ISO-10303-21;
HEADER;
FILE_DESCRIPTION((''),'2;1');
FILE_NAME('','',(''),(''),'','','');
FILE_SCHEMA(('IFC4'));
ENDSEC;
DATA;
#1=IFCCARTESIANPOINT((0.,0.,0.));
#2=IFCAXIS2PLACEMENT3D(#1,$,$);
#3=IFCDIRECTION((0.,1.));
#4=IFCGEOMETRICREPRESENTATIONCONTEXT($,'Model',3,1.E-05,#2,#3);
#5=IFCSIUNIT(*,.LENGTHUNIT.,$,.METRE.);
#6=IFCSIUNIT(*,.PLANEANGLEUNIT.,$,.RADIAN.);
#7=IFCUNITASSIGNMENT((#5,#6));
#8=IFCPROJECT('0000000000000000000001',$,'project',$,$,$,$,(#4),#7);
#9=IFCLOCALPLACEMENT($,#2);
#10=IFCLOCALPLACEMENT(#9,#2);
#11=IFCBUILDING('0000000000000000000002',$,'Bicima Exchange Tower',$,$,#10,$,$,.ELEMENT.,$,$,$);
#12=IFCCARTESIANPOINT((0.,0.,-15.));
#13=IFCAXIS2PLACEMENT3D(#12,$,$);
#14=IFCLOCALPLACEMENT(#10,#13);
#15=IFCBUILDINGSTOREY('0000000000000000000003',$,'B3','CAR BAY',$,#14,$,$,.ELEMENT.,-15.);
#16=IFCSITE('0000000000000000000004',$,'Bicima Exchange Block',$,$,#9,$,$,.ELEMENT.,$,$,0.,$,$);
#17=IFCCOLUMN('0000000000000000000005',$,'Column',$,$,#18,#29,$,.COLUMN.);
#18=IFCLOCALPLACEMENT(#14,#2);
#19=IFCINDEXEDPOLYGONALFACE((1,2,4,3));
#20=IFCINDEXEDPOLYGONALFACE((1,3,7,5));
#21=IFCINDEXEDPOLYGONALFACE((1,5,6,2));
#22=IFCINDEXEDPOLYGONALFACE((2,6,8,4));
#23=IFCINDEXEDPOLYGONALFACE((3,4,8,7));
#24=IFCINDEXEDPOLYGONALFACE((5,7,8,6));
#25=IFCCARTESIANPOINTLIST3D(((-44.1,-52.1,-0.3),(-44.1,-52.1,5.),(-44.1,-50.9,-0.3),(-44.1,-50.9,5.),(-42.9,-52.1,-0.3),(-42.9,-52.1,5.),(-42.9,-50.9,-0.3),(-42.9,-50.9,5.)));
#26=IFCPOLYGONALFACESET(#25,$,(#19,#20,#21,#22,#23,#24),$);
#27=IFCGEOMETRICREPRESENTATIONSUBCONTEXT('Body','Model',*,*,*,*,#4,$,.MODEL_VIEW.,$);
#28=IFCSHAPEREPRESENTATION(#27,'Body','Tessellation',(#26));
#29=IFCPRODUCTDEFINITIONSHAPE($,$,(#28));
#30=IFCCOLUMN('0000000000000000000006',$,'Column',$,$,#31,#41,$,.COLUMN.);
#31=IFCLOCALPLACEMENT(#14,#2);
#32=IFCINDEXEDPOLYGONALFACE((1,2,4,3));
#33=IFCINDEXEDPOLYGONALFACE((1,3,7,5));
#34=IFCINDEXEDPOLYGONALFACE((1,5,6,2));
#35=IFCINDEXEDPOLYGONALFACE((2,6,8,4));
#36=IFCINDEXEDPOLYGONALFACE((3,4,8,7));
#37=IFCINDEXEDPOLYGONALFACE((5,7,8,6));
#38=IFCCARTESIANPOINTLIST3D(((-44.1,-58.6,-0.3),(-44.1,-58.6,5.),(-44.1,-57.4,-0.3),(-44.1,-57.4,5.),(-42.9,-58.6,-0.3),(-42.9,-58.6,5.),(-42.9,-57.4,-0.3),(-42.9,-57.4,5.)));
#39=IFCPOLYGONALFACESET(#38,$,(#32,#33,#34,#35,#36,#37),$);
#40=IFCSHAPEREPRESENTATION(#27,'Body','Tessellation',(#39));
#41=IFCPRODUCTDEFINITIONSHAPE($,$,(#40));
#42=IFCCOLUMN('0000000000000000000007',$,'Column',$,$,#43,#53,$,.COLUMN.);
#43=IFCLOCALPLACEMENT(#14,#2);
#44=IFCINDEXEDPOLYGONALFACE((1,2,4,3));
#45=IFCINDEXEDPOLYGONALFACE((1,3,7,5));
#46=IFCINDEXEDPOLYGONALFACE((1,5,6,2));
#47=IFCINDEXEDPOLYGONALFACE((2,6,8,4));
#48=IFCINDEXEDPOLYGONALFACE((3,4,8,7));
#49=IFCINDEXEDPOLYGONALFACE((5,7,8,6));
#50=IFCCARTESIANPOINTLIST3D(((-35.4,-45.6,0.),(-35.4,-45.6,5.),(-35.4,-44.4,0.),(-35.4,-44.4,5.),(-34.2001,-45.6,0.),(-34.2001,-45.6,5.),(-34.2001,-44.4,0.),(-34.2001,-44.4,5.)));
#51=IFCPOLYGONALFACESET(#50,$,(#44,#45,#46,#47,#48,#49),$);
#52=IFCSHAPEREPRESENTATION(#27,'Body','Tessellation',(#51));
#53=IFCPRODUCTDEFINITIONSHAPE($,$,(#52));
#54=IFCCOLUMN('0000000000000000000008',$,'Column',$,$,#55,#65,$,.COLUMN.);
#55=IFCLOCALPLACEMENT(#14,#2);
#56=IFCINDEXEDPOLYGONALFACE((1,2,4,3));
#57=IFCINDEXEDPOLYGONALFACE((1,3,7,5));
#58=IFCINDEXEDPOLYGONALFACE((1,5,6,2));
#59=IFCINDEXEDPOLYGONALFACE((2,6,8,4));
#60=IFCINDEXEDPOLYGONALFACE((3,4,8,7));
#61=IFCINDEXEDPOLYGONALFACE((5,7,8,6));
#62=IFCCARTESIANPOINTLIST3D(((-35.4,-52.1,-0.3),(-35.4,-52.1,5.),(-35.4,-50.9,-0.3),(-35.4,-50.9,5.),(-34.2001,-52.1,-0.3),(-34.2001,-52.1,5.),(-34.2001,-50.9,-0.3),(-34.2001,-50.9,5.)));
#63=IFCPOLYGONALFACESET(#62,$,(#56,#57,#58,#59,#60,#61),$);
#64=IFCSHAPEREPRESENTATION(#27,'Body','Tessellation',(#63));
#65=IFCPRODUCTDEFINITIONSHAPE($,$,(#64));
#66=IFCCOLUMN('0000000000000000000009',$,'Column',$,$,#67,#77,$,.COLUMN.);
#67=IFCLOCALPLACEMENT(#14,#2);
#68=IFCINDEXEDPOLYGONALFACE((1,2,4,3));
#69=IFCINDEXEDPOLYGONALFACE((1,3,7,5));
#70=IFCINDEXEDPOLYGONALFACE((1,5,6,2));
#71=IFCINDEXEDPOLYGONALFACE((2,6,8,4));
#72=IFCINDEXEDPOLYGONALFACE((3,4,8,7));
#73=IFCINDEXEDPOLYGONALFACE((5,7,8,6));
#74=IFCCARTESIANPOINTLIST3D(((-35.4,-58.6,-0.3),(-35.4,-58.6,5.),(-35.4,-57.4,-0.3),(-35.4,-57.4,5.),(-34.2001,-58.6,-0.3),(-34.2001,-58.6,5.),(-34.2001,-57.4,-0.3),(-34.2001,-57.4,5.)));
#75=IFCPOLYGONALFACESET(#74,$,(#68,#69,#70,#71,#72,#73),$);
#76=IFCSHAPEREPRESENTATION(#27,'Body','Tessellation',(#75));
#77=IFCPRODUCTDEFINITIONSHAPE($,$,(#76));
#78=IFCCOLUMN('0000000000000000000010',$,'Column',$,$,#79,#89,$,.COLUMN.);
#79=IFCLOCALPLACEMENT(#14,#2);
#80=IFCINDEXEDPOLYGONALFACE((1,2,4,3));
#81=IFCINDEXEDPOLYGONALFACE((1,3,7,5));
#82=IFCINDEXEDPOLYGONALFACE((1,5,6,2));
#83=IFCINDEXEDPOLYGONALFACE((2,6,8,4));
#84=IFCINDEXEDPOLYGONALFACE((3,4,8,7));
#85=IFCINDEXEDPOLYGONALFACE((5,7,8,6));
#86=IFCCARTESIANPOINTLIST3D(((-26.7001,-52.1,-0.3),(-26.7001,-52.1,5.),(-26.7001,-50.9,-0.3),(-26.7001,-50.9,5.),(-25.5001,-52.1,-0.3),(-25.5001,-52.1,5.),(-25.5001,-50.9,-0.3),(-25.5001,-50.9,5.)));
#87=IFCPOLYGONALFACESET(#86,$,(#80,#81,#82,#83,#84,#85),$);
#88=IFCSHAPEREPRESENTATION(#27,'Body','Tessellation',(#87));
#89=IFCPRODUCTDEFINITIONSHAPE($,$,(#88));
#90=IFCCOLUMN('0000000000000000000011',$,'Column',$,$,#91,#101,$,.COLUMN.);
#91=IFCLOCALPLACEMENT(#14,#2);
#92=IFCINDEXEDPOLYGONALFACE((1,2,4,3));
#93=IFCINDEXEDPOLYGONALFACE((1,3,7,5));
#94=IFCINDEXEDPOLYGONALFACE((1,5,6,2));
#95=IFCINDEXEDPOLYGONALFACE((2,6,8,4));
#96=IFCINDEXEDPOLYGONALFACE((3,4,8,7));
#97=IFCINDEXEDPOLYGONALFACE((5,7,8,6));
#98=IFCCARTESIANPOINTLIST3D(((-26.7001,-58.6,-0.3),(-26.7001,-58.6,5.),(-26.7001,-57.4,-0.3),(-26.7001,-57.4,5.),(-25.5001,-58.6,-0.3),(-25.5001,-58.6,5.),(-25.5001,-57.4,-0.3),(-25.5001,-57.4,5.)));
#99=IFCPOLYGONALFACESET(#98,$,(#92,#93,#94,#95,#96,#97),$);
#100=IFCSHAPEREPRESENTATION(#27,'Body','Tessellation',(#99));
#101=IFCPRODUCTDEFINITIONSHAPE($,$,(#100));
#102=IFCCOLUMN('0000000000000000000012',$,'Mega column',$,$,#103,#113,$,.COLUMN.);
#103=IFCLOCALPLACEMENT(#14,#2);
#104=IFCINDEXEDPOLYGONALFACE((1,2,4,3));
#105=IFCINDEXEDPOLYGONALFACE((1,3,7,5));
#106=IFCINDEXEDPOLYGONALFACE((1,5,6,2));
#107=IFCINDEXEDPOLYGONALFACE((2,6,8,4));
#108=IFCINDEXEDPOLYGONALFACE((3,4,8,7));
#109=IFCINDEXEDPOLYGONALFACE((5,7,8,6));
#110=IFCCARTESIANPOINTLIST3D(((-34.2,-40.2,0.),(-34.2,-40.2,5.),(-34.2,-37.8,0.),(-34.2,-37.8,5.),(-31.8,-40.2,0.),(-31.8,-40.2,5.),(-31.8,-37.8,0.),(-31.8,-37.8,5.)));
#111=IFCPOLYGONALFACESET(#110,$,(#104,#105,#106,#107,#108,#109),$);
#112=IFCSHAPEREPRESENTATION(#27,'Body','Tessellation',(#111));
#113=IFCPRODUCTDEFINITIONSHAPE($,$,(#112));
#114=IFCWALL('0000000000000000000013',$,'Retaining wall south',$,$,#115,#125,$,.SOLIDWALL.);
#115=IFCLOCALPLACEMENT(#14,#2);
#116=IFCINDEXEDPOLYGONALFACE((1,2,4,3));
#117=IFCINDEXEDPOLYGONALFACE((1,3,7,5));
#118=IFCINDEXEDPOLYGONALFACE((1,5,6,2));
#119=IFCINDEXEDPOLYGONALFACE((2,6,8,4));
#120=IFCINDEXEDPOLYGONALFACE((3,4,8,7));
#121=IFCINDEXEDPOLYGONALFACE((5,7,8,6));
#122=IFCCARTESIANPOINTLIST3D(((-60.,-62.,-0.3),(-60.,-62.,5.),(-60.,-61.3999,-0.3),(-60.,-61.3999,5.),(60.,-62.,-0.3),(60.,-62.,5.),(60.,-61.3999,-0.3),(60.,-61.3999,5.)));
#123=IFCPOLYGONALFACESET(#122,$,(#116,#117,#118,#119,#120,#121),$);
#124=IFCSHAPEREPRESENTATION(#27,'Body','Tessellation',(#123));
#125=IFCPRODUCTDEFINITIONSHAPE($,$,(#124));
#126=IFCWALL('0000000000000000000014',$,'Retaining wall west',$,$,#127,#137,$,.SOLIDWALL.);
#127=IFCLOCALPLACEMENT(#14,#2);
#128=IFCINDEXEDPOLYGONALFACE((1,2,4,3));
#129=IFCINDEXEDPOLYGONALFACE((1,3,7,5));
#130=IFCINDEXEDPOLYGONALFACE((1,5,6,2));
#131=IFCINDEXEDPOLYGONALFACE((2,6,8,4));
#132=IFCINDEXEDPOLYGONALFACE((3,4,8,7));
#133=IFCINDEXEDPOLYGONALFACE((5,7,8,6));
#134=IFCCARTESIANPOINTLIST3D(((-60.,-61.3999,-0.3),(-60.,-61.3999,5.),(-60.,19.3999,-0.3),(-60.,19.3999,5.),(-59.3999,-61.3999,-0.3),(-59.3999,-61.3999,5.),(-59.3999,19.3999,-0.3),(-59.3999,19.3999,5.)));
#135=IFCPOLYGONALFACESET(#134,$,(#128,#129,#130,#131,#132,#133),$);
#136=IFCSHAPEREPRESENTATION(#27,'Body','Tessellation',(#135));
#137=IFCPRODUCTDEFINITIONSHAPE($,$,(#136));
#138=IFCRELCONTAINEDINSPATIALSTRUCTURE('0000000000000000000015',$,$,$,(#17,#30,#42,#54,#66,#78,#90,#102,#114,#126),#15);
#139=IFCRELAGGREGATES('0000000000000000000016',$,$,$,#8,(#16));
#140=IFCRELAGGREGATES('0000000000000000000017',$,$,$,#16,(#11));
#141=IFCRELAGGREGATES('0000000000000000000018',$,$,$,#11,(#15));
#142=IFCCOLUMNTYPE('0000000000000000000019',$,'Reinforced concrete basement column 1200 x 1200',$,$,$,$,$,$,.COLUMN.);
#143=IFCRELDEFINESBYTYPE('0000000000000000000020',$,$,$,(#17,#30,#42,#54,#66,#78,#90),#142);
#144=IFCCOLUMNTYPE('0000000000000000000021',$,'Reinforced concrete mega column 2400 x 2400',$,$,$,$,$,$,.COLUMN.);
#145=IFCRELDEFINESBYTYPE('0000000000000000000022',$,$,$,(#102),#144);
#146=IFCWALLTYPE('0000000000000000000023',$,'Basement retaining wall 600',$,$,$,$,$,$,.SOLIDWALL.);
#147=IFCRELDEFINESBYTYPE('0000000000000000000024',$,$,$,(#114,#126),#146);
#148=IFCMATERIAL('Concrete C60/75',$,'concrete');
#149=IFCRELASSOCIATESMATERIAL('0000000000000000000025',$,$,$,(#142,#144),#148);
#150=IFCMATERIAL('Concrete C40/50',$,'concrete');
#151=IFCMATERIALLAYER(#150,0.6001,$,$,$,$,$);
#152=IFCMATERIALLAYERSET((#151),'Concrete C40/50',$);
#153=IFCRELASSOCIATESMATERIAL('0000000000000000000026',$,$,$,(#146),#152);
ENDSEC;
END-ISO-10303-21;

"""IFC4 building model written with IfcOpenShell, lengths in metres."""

from ifc_helpers import new_model, si_unit, direction, frame, frame_2d, origin, origin_2d, place, context, subcontext, project, spatial, rectangle, extrude, material, layer, layer_set, material_profile, profile_set, type_object, element, save


model = new_model("IFC4")

# Units and contexts
model_context = context("Model", 3, precision=1e-05, world=origin(), true_north=direction((0.0, 1.0)))
body_context = subcontext(model_context, "Body", "Model", "MODEL_VIEW")
ifc_project = project(units=[si_unit("LENGTHUNIT", "METRE"), si_unit("PLANEANGLEUNIT", "RADIAN")], contexts=[model_context])

# Site, building, storey
site_placement = place(None, origin())
site = spatial("IfcSite", under=ifc_project, at=site_placement, Name="Bicima Exchange Block", CompositionType="ELEMENT", RefElevation=0.0)
building_placement = place(site_placement, origin())
building = spatial("IfcBuilding", under=site, at=building_placement, Name="Bicima Exchange Tower", CompositionType="ELEMENT")
storey_placement = place(building_placement, frame((0.0, 0.0, -15.0)))
storey = spatial("IfcBuildingStorey", under=building, at=storey_placement, Name="B3", Description="CAR BAY", CompositionType="ELEMENT", Elevation=-15.0)

# Shared definitions
ifc_material_1 = material(Name="Concrete C40/50", Category="concrete")

# Columns
ifc_material_2 = material(Name="Concrete C60/75", Category="concrete")
ifc_material_profile_1 = material_profile(ifc_material_2, rectangle(XDim=1.2, YDim=1.2, at=origin_2d()))
ifc_profile_set_1 = profile_set([ifc_material_profile_1], Name="Concrete C60/75")
column_type_1 = type_object("IfcColumnType", Name="Reinforced concrete basement column 1200 x 1200", PredefinedType="COLUMN", material=ifc_profile_set_1)
for number, where, z_axis, x_axis, name in (
    (1, (-43.5, -51.5, -0.3), (0.0, 0.0, 1.0), (1.0, 0.0, 0.0), "Column"),
    (2, (-43.5, -58.0, -0.3), (0.0, 0.0, 1.0), (1.0, 0.0, 0.0), "Column"),
):
    element("IfcColumn", number, at=place(storey_placement, frame(where, z_axis=z_axis, x_axis=x_axis)), inside=storey, type_object=column_type_1, Name=name, PredefinedType="COLUMN", context=body_context, shape_type="SweptSolid", body=[
        extrude(rectangle(XDim=1.2, YDim=1.2, at=origin_2d()), origin(), (0.0, 0.0, 1.0), 5.3),
    ])
column_1_placement = place(storey_placement, frame((-34.8, -45.0, 0.0), z_axis=(0.0, 0.0, 1.0), x_axis=(1.0, 0.0, 0.0)))
element("IfcColumn", 3, at=column_1_placement, inside=storey, type_object=column_type_1, Name="Column", PredefinedType="COLUMN", context=body_context, shape_type="SweptSolid", body=[
    extrude(rectangle(XDim=1.2, YDim=1.2, at=origin_2d()), origin(), (0.0, 0.0, 1.0), 5.0),
])
for number, where, z_axis, x_axis, name in (
    (4, (-34.8, -51.5, -0.3), (0.0, 0.0, 1.0), (1.0, 0.0, 0.0), "Column"),
    (5, (-34.8, -58.0, -0.3), (0.0, 0.0, 1.0), (1.0, 0.0, 0.0), "Column"),
    (6, (-26.1001, -51.5, -0.3), (0.0, 0.0, 1.0), (1.0, 0.0, 0.0), "Column"),
    (7, (-26.1001, -58.0, -0.3), (0.0, 0.0, 1.0), (1.0, 0.0, 0.0), "Column"),
):
    element("IfcColumn", number, at=place(storey_placement, frame(where, z_axis=z_axis, x_axis=x_axis)), inside=storey, type_object=column_type_1, Name=name, PredefinedType="COLUMN", context=body_context, shape_type="SweptSolid", body=[
        extrude(rectangle(XDim=1.2, YDim=1.2, at=origin_2d()), origin(), (0.0, 0.0, 1.0), 5.3),
    ])
ifc_material_profile_2 = material_profile(ifc_material_2, rectangle(XDim=2.3999, YDim=2.3999, at=origin_2d()))
ifc_profile_set_2 = profile_set([ifc_material_profile_2], Name="Concrete C60/75")
column_type_2 = type_object("IfcColumnType", Name="Reinforced concrete mega column 2400 x 2400", PredefinedType="COLUMN", material=ifc_profile_set_2)
column_2_placement = place(storey_placement, frame((-33.0, -39.0, 0.0), z_axis=(0.0, 0.0, 1.0), x_axis=(1.0, 0.0, 0.0)))
element("IfcColumn", 8, at=column_2_placement, inside=storey, type_object=column_type_2, Name="Mega column", PredefinedType="COLUMN", context=body_context, shape_type="SweptSolid", body=[
    extrude(rectangle(XDim=2.3999, YDim=2.3999, at=origin_2d()), origin(), (0.0, 0.0, 1.0), 5.0),
])

# Walls
ifc_layer = layer(ifc_material_1, 0.6001)
ifc_layer_set = layer_set([ifc_layer], Name="Concrete C40/50")
wall_type = type_object("IfcWallType", Name="Basement retaining wall 600", PredefinedType="SOLIDWALL", material=ifc_layer_set)
wall_1_placement = place(storey_placement, frame((-60.0, -61.7, -0.3), z_axis=(0.0, 0.0, 1.0), x_axis=(1.0, 0.0, 0.0)))
element("IfcWall", 9, at=wall_1_placement, inside=storey, type_object=wall_type, Name="Retaining wall south", PredefinedType="SOLIDWALL", context=body_context, shape_type="SweptSolid", body=[
    extrude(rectangle(XDim=120.0, YDim=0.6001, at=frame_2d((60.0, 0.0))), origin(), (0.0, 0.0, 1.0), 5.3),
])
wall_2_placement = place(storey_placement, frame((-59.7, -61.3999, -0.3), z_axis=(0.0, 0.0, 1.0), x_axis=(0.0, 1.0, 0.0)))
element("IfcWall", 10, at=wall_2_placement, inside=storey, type_object=wall_type, Name="Retaining wall west", PredefinedType="SOLIDWALL", context=body_context, shape_type="SweptSolid", body=[
    extrude(rectangle(XDim=80.7998, YDim=0.6001, at=frame_2d((40.3999, 0.0))), origin(), (0.0, 0.0, 1.0), 5.3),
])

save(model, "model.ifc")
